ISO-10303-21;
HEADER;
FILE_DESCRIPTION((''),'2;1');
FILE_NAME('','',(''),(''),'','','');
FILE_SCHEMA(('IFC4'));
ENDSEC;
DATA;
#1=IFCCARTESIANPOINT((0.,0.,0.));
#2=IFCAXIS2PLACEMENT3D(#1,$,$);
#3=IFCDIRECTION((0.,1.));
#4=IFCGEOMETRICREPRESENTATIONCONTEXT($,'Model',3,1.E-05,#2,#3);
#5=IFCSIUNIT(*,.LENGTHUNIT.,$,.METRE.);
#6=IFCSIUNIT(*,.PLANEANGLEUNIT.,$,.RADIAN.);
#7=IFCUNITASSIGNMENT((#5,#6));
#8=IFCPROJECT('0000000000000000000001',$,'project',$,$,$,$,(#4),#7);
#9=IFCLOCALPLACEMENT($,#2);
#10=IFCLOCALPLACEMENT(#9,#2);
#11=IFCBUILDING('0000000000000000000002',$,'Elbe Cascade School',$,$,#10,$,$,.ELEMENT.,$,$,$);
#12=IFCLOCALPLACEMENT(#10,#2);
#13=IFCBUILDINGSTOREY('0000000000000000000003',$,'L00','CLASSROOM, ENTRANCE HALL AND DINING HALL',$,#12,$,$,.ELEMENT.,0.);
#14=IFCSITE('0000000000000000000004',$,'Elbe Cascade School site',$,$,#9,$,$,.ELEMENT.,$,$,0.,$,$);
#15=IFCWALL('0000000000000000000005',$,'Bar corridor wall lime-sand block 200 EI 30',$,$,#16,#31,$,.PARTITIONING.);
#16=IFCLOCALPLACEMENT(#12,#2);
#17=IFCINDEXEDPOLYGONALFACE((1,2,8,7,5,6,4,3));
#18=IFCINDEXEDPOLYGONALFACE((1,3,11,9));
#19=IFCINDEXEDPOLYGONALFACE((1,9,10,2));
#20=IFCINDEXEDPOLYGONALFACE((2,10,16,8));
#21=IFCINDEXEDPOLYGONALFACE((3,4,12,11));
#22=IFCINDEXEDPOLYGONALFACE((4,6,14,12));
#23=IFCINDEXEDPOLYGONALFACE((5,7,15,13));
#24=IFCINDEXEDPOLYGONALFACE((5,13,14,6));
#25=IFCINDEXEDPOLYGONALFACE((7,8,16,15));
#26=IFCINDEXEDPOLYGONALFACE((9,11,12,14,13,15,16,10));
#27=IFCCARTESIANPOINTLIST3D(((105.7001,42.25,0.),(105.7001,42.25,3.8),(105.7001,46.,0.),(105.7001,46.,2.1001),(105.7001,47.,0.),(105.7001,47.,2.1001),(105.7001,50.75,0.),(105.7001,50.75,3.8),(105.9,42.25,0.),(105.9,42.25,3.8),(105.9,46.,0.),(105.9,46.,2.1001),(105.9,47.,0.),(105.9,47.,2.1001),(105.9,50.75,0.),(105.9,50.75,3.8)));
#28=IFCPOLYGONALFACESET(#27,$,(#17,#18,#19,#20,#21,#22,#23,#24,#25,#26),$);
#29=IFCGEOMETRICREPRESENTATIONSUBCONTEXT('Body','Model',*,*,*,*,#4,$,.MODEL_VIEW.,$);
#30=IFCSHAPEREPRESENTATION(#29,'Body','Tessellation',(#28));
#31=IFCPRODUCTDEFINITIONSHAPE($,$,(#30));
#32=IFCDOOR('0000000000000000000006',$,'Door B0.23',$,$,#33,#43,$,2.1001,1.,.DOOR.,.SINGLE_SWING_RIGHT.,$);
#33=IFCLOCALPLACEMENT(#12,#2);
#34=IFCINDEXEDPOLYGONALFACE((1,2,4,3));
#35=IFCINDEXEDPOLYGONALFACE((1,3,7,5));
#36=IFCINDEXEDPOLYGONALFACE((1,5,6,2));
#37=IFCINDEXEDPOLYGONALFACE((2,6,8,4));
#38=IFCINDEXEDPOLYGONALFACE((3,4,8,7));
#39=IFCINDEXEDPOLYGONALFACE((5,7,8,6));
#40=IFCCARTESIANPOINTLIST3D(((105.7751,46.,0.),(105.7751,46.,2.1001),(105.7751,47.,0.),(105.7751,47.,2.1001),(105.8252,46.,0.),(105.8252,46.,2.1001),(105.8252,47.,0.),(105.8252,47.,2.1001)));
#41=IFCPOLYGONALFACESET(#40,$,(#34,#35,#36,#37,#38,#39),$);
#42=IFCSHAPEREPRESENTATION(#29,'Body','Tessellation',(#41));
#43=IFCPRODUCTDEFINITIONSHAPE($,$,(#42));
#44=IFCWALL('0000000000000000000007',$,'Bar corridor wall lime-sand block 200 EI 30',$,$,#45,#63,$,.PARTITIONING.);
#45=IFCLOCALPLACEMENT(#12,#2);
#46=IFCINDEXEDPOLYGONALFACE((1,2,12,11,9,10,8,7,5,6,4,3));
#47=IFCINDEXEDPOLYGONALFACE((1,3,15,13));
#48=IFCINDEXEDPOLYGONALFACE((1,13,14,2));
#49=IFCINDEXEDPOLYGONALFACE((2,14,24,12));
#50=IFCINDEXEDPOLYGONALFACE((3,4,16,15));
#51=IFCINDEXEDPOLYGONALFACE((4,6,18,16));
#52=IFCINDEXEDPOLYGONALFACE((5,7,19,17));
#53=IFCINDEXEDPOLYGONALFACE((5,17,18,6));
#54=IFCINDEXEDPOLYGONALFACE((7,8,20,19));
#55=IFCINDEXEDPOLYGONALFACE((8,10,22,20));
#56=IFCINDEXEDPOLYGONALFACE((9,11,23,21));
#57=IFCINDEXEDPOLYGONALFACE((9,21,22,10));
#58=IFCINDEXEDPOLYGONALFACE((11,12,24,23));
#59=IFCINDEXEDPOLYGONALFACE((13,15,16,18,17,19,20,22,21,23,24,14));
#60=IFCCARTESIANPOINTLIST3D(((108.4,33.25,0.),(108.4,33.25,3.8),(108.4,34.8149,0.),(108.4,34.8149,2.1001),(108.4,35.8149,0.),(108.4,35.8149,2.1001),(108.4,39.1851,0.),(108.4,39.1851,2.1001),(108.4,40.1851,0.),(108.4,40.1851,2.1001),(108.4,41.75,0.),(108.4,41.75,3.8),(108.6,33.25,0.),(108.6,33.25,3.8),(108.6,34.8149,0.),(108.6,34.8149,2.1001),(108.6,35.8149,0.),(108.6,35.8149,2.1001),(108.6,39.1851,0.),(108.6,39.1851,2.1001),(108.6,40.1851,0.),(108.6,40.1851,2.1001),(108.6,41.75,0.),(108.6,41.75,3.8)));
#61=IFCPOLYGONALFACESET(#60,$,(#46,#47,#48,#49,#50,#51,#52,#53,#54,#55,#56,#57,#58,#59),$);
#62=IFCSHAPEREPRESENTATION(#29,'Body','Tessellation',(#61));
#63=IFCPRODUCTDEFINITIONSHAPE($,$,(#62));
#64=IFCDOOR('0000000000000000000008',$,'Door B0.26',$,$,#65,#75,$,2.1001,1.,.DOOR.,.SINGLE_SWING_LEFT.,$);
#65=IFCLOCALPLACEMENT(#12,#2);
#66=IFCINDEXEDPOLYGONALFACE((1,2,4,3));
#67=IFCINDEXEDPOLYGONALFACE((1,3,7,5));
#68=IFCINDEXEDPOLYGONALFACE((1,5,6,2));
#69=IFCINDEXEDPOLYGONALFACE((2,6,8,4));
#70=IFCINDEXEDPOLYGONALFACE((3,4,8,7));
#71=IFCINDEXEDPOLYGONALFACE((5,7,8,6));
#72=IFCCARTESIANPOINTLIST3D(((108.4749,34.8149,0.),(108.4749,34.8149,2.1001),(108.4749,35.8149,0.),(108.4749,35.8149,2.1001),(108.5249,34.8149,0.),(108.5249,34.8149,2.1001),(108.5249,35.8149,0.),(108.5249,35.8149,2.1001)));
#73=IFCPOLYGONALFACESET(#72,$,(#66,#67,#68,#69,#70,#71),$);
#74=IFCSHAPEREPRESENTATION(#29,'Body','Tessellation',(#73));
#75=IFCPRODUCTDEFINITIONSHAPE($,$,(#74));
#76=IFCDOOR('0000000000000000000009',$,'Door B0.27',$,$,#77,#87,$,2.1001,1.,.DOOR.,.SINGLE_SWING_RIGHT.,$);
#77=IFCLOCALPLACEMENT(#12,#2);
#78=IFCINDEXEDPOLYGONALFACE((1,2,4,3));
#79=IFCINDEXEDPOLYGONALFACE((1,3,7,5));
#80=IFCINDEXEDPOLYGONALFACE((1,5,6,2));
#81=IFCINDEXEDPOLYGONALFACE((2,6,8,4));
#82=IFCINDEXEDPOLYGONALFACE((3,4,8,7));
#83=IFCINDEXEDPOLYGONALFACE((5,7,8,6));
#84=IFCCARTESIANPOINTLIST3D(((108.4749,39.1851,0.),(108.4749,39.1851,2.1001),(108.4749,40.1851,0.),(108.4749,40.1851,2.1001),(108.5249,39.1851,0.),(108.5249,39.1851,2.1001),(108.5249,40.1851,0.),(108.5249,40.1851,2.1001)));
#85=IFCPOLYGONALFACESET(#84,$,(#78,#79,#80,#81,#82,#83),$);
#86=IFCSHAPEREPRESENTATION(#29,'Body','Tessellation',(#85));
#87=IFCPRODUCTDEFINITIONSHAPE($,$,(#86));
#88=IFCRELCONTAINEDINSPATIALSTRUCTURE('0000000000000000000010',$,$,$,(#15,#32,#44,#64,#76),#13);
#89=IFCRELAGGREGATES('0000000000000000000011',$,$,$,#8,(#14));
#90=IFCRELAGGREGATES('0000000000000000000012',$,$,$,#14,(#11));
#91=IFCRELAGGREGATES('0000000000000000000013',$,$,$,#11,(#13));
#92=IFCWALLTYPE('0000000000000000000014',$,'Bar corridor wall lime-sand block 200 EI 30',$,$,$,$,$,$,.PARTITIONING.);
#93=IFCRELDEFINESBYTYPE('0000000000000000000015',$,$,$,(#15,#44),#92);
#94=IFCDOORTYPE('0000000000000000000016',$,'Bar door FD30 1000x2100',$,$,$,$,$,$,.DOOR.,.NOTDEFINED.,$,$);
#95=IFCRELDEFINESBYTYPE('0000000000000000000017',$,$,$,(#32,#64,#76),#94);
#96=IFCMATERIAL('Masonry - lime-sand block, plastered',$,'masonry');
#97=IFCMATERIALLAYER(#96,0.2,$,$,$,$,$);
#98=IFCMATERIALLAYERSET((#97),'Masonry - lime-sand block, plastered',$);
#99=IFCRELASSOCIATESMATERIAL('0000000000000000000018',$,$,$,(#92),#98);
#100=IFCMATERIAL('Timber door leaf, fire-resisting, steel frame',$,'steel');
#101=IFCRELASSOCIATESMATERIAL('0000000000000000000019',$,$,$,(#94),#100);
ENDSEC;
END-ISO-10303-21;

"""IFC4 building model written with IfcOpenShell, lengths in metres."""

from ifc_helpers import new_model, si_unit, direction, frame, frame_2d, origin, place, context, subcontext, project, spatial, rectangle, extrude, material, layer, layer_set, type_object, element, fill, save


model = new_model("IFC4")

# Units and contexts
model_context = context("Model", 3, precision=1e-05, world=origin(), true_north=direction((0.0, 1.0)))
body_context = subcontext(model_context, "Body", "Model", "MODEL_VIEW")
ifc_project = project(units=[si_unit("LENGTHUNIT", "METRE"), si_unit("PLANEANGLEUNIT", "RADIAN")], contexts=[model_context])

# Site, building, storey
site_placement = place(None, origin())
site = spatial("IfcSite", under=ifc_project, at=site_placement, Name="Elbe Cascade School site", CompositionType="ELEMENT", RefElevation=0.0)
building_placement = place(site_placement, origin())
building = spatial("IfcBuilding", under=site, at=building_placement, Name="Elbe Cascade School", CompositionType="ELEMENT")
storey_placement = place(building_placement, origin())
storey = spatial("IfcBuildingStorey", under=building, at=storey_placement, Name="L00", Description="CLASSROOM, ENTRANCE HALL AND DINING HALL", CompositionType="ELEMENT", Elevation=0.0)

# Wall, opening, door
ifc_material_1 = material(Name="Masonry - lime-sand block, plastered", Category="masonry")
ifc_layer_1 = layer(ifc_material_1, 0.2)
ifc_layer_set_1 = layer_set([ifc_layer_1], Name="Masonry - lime-sand block, plastered")
wall_type_1 = type_object("IfcWallType", Name="Bar corridor wall lime-sand block 200 EI 30", PredefinedType="PARTITIONING", material=ifc_layer_set_1)
wall_1_placement = place(storey_placement, frame((105.8, 42.25, 0.0), z_axis=(0.0, 0.0, 1.0), x_axis=(0.0, 1.0, 0.0)))
wall_1 = element("IfcWall", 1, at=wall_1_placement, inside=storey, type_object=wall_type_1, Name="Bar corridor wall lime-sand block 200 EI 30", PredefinedType="PARTITIONING", context=body_context, shape_type="SweptSolid", body=[
    extrude(rectangle(XDim=8.5, YDim=0.2, at=frame_2d((4.25, 0.0))), origin(), (0.0, 0.0, 1.0), 3.8),
])
opening_1_placement = place(wall_1_placement, frame((3.75, 0.0, 0.0)))
opening_1 = element("IfcOpeningElement", 2, at=opening_1_placement, cuts=wall_1, PredefinedType="OPENING", context=body_context, shape_type="SweptSolid", body=[
    extrude(rectangle(XDim=1.0, YDim=2.1001, at=frame_2d((0.5, 1.05))), frame((0.0, 0.1099, 0.0), z_axis=(0.0, -1.0, 0.0), x_axis=(1.0, 0.0, 0.0)), (0.0, 0.0, 1.0), 0.22),
])
ifc_material_2 = material(Name="Timber door leaf, fire-resisting, steel frame", Category="steel")
door_type = type_object("IfcDoorType", Name="Bar door FD30 1000x2100", OperationType="NOTDEFINED", PredefinedType="DOOR", material=ifc_material_2)
door_1_placement = place(opening_1_placement, origin())
door_1 = element("IfcDoor", 3, at=door_1_placement, inside=storey, type_object=door_type, Name="Door B0.23", OperationType="SINGLE_SWING_RIGHT", OverallHeight=2.1001, OverallWidth=1.0, PredefinedType="DOOR", context=body_context, shape_type="SweptSolid", body=[
    extrude(rectangle(XDim=1.0, YDim=2.1001, at=frame_2d((0.5, 1.05))), frame((0.0, 0.0249, 0.0), z_axis=(0.0, -1.0, 0.0), x_axis=(1.0, 0.0, 0.0)), (0.0, 0.0, 1.0), 0.05),
])
fill(opening_1, door_1)

# Wall, openings, doors
wall_2_placement = place(storey_placement, frame((108.5, 41.75, 0.0), z_axis=(0.0, 0.0, 1.0), x_axis=(0.0, -1.0, 0.0)))
wall_2 = element("IfcWall", 4, at=wall_2_placement, inside=storey, type_object=wall_type_1, Name="Bar corridor wall lime-sand block 200 EI 30", PredefinedType="PARTITIONING", context=body_context, shape_type="SweptSolid", body=[
    extrude(rectangle(XDim=8.5, YDim=0.2, at=frame_2d((4.25, 0.0))), origin(), (0.0, 0.0, 1.0), 3.8),
])
opening_2_placement = place(wall_2_placement, frame((5.9351, 0.0, 0.0)))
opening_2 = element("IfcOpeningElement", 5, at=opening_2_placement, cuts=wall_2, PredefinedType="OPENING", context=body_context, shape_type="SweptSolid", body=[
    extrude(rectangle(XDim=1.0, YDim=2.1001, at=frame_2d((0.5, 1.05))), frame((0.0, 0.1099, 0.0), z_axis=(0.0, -1.0, 0.0), x_axis=(1.0, 0.0, 0.0)), (0.0, 0.0, 1.0), 0.22),
])
opening_3_placement = place(wall_2_placement, frame((1.5649, 0.0, 0.0)))
opening_3 = element("IfcOpeningElement", 6, at=opening_3_placement, cuts=wall_2, PredefinedType="OPENING", context=body_context, shape_type="SweptSolid", body=[
    extrude(rectangle(XDim=1.0, YDim=2.1001, at=frame_2d((0.5, 1.05))), frame((0.0, 0.1099, 0.0), z_axis=(0.0, -1.0, 0.0), x_axis=(1.0, 0.0, 0.0)), (0.0, 0.0, 1.0), 0.22),
])
door_2_placement = place(opening_2_placement, origin())
door_2 = element("IfcDoor", 7, at=door_2_placement, inside=storey, type_object=door_type, Name="Door B0.26", OperationType="SINGLE_SWING_LEFT", OverallHeight=2.1001, OverallWidth=1.0, PredefinedType="DOOR", context=body_context, shape_type="SweptSolid", body=[
    extrude(rectangle(XDim=1.0, YDim=2.1001, at=frame_2d((0.5, 1.05))), frame((0.0, 0.0249, 0.0), z_axis=(0.0, -1.0, 0.0), x_axis=(1.0, 0.0, 0.0)), (0.0, 0.0, 1.0), 0.05),
])
fill(opening_2, door_2)
door_3_placement = place(opening_3_placement, origin())
door_3 = element("IfcDoor", 8, at=door_3_placement, inside=storey, type_object=door_type, Name="Door B0.27", OperationType="SINGLE_SWING_RIGHT", OverallHeight=2.1001, OverallWidth=1.0, PredefinedType="DOOR", context=body_context, shape_type="SweptSolid", body=[
    extrude(rectangle(XDim=1.0, YDim=2.1001, at=frame_2d((0.5, 1.05))), frame((0.0, 0.0249, 0.0), z_axis=(0.0, -1.0, 0.0), x_axis=(1.0, 0.0, 0.0)), (0.0, 0.0, 1.0), 0.05),
])
fill(opening_3, door_3)

save(model, "model.ifc")
